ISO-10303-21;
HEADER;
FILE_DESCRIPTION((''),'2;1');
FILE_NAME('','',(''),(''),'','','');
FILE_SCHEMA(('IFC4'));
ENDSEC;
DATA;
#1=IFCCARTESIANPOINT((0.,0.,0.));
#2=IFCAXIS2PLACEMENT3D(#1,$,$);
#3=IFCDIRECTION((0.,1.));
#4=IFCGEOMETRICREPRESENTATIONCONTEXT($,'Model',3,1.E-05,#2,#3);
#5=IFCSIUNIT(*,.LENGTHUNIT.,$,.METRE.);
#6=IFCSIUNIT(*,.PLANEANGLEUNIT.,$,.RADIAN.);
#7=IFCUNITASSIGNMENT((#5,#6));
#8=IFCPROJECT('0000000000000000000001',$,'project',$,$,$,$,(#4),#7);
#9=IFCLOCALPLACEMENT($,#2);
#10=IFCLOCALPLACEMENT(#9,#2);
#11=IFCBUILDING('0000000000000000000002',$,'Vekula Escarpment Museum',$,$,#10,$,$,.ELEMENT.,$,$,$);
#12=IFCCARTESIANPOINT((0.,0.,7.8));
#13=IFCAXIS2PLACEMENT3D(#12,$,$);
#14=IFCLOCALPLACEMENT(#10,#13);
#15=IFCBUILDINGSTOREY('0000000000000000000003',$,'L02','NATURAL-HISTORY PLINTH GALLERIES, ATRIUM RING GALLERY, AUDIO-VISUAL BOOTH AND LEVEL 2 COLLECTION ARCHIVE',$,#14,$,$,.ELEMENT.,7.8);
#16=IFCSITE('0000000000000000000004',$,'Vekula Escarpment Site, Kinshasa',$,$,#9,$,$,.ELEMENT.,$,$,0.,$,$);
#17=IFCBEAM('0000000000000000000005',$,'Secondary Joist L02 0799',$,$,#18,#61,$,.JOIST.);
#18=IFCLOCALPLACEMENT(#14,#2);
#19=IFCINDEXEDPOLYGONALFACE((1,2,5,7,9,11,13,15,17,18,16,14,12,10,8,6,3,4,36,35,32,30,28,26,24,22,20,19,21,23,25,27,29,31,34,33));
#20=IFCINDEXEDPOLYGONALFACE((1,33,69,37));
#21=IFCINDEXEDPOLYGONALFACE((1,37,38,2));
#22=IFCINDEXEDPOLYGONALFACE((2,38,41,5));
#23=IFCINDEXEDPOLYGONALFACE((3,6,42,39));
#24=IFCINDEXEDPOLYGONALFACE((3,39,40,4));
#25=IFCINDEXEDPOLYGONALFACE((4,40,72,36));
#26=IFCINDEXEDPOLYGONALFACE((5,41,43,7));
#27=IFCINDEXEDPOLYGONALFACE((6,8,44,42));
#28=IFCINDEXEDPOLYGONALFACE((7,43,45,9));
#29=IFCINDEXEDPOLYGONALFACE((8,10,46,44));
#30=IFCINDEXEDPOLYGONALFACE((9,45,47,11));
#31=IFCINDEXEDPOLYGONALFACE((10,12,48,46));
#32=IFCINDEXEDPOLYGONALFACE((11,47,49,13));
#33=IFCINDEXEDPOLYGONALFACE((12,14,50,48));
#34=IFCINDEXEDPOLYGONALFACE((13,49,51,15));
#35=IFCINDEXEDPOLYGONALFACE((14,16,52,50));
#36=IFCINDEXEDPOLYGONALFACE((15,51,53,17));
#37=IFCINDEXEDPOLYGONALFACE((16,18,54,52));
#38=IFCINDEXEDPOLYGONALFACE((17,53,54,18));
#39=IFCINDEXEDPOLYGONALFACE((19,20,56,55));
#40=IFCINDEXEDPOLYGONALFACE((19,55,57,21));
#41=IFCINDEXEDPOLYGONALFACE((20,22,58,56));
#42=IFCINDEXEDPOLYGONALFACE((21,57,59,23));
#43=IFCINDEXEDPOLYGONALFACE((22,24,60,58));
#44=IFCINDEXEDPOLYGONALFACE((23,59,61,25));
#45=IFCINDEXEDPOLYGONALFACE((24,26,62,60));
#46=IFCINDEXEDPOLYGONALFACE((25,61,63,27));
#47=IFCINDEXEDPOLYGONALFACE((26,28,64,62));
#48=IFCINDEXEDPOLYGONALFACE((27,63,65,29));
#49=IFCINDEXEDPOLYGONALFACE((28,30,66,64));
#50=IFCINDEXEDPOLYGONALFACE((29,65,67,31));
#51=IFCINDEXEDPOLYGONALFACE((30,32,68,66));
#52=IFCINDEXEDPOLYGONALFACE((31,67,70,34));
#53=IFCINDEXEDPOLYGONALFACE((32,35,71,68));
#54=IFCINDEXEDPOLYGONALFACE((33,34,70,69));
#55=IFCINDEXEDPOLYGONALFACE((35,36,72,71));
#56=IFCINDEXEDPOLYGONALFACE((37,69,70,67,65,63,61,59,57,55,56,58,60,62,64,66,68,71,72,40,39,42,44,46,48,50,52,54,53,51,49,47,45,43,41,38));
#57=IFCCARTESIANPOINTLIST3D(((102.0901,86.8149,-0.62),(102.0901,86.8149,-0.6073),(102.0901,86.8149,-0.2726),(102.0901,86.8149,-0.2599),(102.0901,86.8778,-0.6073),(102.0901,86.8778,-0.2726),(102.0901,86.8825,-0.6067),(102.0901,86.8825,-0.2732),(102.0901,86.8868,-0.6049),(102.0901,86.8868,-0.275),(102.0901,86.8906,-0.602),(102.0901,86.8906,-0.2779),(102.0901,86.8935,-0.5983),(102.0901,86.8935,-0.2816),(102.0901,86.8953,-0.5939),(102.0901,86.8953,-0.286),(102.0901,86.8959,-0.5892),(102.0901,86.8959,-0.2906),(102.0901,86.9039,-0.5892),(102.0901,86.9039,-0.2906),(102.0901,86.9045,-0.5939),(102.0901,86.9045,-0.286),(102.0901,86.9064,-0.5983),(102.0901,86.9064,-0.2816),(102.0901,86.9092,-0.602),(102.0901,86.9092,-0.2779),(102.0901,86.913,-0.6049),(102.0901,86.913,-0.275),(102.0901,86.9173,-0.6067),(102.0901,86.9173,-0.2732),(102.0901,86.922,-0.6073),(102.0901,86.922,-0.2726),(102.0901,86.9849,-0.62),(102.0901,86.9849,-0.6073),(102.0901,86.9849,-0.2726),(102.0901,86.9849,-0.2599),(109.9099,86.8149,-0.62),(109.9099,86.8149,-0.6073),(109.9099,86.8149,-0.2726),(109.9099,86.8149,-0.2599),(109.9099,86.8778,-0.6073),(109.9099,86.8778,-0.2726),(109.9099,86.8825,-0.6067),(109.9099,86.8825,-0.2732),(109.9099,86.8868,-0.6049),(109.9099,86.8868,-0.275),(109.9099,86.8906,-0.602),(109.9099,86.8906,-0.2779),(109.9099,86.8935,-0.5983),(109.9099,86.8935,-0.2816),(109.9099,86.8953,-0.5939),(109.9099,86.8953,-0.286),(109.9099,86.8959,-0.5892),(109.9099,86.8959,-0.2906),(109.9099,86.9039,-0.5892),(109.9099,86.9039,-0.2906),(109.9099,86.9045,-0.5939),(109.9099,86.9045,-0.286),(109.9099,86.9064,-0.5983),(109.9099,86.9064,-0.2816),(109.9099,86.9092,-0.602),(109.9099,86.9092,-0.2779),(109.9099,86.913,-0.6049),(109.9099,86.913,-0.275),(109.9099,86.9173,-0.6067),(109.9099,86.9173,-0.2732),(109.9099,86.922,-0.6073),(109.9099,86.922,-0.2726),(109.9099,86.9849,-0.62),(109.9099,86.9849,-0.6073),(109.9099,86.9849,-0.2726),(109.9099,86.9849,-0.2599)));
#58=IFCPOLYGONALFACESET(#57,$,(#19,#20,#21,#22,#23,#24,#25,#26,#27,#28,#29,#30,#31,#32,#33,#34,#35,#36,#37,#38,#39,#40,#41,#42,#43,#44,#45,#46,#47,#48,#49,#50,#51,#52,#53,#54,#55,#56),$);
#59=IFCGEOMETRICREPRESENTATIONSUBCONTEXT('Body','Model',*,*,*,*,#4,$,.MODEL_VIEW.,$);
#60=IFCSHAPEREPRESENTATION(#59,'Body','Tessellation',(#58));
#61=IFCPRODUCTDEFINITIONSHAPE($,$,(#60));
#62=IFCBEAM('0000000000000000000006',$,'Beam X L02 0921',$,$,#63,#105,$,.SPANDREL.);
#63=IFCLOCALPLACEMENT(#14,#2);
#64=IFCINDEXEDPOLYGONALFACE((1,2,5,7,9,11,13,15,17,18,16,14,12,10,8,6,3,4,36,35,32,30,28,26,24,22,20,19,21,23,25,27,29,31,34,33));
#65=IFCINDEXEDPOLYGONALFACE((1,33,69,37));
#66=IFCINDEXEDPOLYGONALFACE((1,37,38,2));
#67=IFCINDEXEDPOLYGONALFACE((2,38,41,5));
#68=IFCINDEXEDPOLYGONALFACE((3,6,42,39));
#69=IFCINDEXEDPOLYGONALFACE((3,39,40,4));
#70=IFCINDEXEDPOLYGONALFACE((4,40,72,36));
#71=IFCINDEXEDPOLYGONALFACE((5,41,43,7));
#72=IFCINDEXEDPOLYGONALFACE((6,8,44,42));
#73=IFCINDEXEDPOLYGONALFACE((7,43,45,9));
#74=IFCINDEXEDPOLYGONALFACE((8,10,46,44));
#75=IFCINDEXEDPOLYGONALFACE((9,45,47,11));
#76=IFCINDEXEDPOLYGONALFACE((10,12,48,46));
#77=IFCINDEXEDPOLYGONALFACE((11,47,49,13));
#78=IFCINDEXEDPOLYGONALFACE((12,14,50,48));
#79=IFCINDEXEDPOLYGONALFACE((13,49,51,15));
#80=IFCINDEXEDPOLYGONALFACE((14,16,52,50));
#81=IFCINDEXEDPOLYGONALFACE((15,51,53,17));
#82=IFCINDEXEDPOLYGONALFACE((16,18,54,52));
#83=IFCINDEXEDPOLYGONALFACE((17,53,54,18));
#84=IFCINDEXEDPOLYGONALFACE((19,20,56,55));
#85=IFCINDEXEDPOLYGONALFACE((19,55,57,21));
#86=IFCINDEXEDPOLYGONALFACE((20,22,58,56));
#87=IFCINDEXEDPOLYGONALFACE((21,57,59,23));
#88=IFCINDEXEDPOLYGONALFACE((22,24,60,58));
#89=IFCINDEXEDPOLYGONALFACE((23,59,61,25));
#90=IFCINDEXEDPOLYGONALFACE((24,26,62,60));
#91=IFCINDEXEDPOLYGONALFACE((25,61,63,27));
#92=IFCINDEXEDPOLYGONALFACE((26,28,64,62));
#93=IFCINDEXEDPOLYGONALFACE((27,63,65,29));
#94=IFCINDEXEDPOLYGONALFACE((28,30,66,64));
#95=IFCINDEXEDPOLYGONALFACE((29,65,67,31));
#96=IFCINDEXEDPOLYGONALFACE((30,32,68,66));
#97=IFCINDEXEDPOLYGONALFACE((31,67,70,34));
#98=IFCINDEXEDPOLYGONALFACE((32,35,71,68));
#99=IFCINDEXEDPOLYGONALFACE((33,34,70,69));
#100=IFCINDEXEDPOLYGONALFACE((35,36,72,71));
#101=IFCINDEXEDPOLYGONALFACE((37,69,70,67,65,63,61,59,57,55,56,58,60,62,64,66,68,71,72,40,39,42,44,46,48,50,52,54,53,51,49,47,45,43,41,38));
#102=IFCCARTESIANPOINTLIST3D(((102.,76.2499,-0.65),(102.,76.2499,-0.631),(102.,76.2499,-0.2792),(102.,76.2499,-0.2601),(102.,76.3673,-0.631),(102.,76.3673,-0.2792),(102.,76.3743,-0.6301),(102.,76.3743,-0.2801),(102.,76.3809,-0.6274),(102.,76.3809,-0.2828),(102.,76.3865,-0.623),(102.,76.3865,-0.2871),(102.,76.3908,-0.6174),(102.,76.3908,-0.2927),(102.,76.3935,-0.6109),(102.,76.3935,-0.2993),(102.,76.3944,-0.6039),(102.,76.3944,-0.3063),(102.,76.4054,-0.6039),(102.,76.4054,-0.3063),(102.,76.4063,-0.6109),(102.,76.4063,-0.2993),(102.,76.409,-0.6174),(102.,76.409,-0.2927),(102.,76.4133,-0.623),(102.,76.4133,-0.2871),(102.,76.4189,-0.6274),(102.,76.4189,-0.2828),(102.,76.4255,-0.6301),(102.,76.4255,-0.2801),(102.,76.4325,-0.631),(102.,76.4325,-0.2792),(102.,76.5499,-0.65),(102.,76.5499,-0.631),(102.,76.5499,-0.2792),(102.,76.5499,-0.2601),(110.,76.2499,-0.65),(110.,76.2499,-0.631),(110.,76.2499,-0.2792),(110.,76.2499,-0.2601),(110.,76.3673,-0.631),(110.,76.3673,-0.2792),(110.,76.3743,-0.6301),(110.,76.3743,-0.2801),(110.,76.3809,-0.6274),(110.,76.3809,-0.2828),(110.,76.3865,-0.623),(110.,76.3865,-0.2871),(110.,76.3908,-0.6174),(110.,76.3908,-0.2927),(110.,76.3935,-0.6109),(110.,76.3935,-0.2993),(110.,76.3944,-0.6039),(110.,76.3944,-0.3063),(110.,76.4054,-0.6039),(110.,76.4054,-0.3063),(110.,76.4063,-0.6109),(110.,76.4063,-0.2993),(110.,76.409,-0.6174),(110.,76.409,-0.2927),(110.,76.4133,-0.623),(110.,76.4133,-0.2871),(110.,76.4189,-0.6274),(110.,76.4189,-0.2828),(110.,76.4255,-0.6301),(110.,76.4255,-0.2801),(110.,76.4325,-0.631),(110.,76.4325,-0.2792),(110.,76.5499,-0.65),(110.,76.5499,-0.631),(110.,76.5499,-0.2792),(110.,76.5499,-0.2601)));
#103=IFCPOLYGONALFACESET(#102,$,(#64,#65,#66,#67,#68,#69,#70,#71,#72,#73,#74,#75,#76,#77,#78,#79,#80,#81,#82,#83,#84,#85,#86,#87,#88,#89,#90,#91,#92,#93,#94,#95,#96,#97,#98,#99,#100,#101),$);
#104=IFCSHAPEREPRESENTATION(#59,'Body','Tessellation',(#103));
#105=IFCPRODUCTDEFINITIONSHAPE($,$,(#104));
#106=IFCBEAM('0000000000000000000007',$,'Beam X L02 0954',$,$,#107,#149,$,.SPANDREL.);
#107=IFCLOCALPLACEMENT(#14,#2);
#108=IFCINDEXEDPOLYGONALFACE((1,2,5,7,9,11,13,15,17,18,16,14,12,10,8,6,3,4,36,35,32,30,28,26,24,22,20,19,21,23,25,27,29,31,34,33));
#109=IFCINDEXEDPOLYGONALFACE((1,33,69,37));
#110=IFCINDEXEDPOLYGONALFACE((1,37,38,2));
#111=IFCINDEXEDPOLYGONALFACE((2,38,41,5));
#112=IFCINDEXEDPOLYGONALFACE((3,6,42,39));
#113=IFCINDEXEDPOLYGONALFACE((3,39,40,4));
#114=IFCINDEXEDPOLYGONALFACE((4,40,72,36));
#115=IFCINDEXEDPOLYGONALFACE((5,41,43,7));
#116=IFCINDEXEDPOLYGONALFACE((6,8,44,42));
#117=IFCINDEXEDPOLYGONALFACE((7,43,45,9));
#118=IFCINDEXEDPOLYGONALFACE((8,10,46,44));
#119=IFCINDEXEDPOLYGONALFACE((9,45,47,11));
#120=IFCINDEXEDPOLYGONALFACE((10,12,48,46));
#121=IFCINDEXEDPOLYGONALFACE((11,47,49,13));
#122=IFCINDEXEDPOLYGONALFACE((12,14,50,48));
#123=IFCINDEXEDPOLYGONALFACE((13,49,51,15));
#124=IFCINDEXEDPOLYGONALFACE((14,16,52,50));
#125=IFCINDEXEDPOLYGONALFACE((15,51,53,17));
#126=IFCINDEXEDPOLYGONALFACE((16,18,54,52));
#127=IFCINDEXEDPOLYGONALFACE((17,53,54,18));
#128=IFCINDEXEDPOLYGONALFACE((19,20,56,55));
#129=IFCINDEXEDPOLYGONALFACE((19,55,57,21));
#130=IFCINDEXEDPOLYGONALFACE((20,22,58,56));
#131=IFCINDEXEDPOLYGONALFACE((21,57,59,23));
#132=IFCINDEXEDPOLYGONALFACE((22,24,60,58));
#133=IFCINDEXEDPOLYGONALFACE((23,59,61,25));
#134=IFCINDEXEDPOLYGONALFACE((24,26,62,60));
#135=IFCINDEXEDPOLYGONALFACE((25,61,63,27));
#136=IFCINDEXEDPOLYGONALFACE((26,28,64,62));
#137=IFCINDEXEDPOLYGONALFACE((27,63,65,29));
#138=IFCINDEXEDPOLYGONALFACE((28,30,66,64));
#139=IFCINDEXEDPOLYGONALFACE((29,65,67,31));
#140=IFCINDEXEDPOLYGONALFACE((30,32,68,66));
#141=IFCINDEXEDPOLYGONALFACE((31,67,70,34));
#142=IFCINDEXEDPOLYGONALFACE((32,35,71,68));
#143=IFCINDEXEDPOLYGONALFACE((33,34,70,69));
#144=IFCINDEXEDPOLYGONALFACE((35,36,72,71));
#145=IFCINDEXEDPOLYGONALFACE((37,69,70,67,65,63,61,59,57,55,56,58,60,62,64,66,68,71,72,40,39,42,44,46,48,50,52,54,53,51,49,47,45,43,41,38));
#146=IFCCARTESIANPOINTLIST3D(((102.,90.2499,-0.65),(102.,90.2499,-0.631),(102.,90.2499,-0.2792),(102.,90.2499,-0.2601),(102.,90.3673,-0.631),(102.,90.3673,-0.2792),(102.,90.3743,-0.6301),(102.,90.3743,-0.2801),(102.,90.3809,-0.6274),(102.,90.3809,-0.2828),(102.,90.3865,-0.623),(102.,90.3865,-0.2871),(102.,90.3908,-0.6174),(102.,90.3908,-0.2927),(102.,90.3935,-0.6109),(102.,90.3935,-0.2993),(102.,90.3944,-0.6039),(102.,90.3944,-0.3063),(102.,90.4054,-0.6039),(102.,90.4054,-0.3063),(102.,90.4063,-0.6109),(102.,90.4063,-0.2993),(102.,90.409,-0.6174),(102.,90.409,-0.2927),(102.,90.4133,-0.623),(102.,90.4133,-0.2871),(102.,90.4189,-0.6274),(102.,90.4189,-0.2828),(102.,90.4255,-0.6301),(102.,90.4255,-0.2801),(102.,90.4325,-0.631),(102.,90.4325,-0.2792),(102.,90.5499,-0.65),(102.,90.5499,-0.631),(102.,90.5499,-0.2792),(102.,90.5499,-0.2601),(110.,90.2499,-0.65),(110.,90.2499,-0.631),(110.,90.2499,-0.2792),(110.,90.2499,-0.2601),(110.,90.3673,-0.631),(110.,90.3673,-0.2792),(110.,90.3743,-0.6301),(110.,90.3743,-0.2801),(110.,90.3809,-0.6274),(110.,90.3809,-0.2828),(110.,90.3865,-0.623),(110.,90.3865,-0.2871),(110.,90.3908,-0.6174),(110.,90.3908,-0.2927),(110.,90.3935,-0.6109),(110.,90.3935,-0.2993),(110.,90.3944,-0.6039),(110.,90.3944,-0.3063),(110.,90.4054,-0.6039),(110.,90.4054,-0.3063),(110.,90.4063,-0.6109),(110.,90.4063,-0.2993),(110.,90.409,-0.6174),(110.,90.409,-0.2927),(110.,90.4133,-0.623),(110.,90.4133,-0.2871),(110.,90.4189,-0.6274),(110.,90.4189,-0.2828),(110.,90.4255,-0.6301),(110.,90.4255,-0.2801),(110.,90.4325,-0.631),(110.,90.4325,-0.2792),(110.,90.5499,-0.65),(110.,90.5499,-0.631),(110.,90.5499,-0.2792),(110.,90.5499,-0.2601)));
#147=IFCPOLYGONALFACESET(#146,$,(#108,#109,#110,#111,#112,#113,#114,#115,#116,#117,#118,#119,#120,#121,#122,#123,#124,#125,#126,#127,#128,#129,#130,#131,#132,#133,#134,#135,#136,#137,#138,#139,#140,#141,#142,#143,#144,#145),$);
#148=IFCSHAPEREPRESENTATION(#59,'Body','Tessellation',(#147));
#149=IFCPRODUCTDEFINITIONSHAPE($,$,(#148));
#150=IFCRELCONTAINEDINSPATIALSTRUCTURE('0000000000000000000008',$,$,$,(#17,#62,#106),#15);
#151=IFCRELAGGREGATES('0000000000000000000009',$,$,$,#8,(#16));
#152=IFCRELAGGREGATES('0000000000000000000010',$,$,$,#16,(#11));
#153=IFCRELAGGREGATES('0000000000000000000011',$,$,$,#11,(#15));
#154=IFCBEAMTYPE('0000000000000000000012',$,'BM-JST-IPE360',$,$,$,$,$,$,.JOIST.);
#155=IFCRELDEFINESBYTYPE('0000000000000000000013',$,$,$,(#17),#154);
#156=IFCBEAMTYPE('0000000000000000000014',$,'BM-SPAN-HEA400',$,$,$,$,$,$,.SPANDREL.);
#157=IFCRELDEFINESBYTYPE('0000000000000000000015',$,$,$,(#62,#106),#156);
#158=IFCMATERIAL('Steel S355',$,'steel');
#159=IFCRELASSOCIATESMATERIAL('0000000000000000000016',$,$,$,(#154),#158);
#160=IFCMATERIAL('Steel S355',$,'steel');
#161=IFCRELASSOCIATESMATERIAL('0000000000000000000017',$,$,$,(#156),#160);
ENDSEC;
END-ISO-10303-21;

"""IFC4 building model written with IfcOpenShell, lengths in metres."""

from ifc_helpers import new_model, si_unit, direction, frame, origin, origin_2d, place, context, subcontext, project, spatial, i_section, extrude, material, material_profile, profile_set, type_object, element, save


model = new_model("IFC4")

# Units and contexts
model_context = context("Model", 3, precision=1e-05, world=origin(), true_north=direction((0.0, 1.0)))
body_context = subcontext(model_context, "Body", "Model", "MODEL_VIEW")
ifc_project = project(units=[si_unit("LENGTHUNIT", "METRE"), si_unit("PLANEANGLEUNIT", "RADIAN")], contexts=[model_context])

# Site, building, storey
site_placement = place(None, origin())
site = spatial("IfcSite", under=ifc_project, at=site_placement, Name="Vekula Escarpment Site, Kinshasa", CompositionType="ELEMENT", RefElevation=0.0)
building_placement = place(site_placement, origin())
building = spatial("IfcBuilding", under=site, at=building_placement, Name="Vekula Escarpment Museum", CompositionType="ELEMENT")
storey_placement = place(building_placement, frame((0.0, 0.0, 7.8)))
storey = spatial("IfcBuildingStorey", under=building, at=storey_placement, Name="L02", Description="NATURAL-HISTORY PLINTH GALLERIES, ATRIUM RING GALLERY, AUDIO-VISUAL BOOTH AND LEVEL 2 COLLECTION ARCHIVE", CompositionType="ELEMENT", Elevation=7.8)

# Beams
ifc_material_1 = material(Name="Steel S355", Category="steel")
ifc_material_profile_1 = material_profile(ifc_material_1, i_section(OverallWidth=0.1699, OverallDepth=0.3601, WebThickness=0.0081, FlangeThickness=0.0127, FilletRadius=0.0181, at=origin_2d()), Name="IPE 360")
ifc_profile_set_1 = profile_set([ifc_material_profile_1], Name="Steel S355")
beam_type_1 = type_object("IfcBeamType", Name="BM-JST-IPE360", PredefinedType="JOIST", material=ifc_profile_set_1)
beam_1_placement = place(storey_placement, frame((102.0901, 86.8999, -0.4399), z_axis=(1.0, 0.0, 0.0), x_axis=(0.0, 1.0, 0.0)))
element("IfcBeam", 1, at=beam_1_placement, inside=storey, type_object=beam_type_1, Name="Secondary Joist L02 0799", PredefinedType="JOIST", context=body_context, shape_type="SweptSolid", body=[
    extrude(i_section(OverallWidth=0.1699, OverallDepth=0.3601, WebThickness=0.0081, FlangeThickness=0.0127, FilletRadius=0.0181, at=origin_2d()), origin(), (0.0, 0.0, 1.0), 7.8198),
])
ifc_material_2 = material(Name="Steel S355", Category="steel")
ifc_material_profile_2 = material_profile(ifc_material_2, i_section(OverallWidth=0.3, OverallDepth=0.3899, WebThickness=0.011, FlangeThickness=0.019, FilletRadius=0.0271, at=origin_2d()), Name="HEA 400")
ifc_profile_set_2 = profile_set([ifc_material_profile_2], Name="Steel S355")
beam_type_2 = type_object("IfcBeamType", Name="BM-SPAN-HEA400", PredefinedType="SPANDREL", material=ifc_profile_set_2)
for number, where, z_axis, x_axis, name in (
    (2, (102.0, 76.3999, -0.4551), (1.0, 0.0, 0.0), (0.0, 1.0, 0.0), "Beam X L02 0921"),
    (3, (102.0, 90.3999, -0.4551), (1.0, 0.0, 0.0), (0.0, 1.0, 0.0), "Beam X L02 0954"),
):
    element("IfcBeam", number, at=place(storey_placement, frame(where, z_axis=z_axis, x_axis=x_axis)), inside=storey, type_object=beam_type_2, Name=name, PredefinedType="SPANDREL", context=body_context, shape_type="SweptSolid", body=[
        extrude(i_section(OverallWidth=0.3, OverallDepth=0.3899, WebThickness=0.011, FlangeThickness=0.019, FilletRadius=0.0271, at=origin_2d()), origin(), (0.0, 0.0, 1.0), 8.0),
    ])

save(model, "model.ifc")
